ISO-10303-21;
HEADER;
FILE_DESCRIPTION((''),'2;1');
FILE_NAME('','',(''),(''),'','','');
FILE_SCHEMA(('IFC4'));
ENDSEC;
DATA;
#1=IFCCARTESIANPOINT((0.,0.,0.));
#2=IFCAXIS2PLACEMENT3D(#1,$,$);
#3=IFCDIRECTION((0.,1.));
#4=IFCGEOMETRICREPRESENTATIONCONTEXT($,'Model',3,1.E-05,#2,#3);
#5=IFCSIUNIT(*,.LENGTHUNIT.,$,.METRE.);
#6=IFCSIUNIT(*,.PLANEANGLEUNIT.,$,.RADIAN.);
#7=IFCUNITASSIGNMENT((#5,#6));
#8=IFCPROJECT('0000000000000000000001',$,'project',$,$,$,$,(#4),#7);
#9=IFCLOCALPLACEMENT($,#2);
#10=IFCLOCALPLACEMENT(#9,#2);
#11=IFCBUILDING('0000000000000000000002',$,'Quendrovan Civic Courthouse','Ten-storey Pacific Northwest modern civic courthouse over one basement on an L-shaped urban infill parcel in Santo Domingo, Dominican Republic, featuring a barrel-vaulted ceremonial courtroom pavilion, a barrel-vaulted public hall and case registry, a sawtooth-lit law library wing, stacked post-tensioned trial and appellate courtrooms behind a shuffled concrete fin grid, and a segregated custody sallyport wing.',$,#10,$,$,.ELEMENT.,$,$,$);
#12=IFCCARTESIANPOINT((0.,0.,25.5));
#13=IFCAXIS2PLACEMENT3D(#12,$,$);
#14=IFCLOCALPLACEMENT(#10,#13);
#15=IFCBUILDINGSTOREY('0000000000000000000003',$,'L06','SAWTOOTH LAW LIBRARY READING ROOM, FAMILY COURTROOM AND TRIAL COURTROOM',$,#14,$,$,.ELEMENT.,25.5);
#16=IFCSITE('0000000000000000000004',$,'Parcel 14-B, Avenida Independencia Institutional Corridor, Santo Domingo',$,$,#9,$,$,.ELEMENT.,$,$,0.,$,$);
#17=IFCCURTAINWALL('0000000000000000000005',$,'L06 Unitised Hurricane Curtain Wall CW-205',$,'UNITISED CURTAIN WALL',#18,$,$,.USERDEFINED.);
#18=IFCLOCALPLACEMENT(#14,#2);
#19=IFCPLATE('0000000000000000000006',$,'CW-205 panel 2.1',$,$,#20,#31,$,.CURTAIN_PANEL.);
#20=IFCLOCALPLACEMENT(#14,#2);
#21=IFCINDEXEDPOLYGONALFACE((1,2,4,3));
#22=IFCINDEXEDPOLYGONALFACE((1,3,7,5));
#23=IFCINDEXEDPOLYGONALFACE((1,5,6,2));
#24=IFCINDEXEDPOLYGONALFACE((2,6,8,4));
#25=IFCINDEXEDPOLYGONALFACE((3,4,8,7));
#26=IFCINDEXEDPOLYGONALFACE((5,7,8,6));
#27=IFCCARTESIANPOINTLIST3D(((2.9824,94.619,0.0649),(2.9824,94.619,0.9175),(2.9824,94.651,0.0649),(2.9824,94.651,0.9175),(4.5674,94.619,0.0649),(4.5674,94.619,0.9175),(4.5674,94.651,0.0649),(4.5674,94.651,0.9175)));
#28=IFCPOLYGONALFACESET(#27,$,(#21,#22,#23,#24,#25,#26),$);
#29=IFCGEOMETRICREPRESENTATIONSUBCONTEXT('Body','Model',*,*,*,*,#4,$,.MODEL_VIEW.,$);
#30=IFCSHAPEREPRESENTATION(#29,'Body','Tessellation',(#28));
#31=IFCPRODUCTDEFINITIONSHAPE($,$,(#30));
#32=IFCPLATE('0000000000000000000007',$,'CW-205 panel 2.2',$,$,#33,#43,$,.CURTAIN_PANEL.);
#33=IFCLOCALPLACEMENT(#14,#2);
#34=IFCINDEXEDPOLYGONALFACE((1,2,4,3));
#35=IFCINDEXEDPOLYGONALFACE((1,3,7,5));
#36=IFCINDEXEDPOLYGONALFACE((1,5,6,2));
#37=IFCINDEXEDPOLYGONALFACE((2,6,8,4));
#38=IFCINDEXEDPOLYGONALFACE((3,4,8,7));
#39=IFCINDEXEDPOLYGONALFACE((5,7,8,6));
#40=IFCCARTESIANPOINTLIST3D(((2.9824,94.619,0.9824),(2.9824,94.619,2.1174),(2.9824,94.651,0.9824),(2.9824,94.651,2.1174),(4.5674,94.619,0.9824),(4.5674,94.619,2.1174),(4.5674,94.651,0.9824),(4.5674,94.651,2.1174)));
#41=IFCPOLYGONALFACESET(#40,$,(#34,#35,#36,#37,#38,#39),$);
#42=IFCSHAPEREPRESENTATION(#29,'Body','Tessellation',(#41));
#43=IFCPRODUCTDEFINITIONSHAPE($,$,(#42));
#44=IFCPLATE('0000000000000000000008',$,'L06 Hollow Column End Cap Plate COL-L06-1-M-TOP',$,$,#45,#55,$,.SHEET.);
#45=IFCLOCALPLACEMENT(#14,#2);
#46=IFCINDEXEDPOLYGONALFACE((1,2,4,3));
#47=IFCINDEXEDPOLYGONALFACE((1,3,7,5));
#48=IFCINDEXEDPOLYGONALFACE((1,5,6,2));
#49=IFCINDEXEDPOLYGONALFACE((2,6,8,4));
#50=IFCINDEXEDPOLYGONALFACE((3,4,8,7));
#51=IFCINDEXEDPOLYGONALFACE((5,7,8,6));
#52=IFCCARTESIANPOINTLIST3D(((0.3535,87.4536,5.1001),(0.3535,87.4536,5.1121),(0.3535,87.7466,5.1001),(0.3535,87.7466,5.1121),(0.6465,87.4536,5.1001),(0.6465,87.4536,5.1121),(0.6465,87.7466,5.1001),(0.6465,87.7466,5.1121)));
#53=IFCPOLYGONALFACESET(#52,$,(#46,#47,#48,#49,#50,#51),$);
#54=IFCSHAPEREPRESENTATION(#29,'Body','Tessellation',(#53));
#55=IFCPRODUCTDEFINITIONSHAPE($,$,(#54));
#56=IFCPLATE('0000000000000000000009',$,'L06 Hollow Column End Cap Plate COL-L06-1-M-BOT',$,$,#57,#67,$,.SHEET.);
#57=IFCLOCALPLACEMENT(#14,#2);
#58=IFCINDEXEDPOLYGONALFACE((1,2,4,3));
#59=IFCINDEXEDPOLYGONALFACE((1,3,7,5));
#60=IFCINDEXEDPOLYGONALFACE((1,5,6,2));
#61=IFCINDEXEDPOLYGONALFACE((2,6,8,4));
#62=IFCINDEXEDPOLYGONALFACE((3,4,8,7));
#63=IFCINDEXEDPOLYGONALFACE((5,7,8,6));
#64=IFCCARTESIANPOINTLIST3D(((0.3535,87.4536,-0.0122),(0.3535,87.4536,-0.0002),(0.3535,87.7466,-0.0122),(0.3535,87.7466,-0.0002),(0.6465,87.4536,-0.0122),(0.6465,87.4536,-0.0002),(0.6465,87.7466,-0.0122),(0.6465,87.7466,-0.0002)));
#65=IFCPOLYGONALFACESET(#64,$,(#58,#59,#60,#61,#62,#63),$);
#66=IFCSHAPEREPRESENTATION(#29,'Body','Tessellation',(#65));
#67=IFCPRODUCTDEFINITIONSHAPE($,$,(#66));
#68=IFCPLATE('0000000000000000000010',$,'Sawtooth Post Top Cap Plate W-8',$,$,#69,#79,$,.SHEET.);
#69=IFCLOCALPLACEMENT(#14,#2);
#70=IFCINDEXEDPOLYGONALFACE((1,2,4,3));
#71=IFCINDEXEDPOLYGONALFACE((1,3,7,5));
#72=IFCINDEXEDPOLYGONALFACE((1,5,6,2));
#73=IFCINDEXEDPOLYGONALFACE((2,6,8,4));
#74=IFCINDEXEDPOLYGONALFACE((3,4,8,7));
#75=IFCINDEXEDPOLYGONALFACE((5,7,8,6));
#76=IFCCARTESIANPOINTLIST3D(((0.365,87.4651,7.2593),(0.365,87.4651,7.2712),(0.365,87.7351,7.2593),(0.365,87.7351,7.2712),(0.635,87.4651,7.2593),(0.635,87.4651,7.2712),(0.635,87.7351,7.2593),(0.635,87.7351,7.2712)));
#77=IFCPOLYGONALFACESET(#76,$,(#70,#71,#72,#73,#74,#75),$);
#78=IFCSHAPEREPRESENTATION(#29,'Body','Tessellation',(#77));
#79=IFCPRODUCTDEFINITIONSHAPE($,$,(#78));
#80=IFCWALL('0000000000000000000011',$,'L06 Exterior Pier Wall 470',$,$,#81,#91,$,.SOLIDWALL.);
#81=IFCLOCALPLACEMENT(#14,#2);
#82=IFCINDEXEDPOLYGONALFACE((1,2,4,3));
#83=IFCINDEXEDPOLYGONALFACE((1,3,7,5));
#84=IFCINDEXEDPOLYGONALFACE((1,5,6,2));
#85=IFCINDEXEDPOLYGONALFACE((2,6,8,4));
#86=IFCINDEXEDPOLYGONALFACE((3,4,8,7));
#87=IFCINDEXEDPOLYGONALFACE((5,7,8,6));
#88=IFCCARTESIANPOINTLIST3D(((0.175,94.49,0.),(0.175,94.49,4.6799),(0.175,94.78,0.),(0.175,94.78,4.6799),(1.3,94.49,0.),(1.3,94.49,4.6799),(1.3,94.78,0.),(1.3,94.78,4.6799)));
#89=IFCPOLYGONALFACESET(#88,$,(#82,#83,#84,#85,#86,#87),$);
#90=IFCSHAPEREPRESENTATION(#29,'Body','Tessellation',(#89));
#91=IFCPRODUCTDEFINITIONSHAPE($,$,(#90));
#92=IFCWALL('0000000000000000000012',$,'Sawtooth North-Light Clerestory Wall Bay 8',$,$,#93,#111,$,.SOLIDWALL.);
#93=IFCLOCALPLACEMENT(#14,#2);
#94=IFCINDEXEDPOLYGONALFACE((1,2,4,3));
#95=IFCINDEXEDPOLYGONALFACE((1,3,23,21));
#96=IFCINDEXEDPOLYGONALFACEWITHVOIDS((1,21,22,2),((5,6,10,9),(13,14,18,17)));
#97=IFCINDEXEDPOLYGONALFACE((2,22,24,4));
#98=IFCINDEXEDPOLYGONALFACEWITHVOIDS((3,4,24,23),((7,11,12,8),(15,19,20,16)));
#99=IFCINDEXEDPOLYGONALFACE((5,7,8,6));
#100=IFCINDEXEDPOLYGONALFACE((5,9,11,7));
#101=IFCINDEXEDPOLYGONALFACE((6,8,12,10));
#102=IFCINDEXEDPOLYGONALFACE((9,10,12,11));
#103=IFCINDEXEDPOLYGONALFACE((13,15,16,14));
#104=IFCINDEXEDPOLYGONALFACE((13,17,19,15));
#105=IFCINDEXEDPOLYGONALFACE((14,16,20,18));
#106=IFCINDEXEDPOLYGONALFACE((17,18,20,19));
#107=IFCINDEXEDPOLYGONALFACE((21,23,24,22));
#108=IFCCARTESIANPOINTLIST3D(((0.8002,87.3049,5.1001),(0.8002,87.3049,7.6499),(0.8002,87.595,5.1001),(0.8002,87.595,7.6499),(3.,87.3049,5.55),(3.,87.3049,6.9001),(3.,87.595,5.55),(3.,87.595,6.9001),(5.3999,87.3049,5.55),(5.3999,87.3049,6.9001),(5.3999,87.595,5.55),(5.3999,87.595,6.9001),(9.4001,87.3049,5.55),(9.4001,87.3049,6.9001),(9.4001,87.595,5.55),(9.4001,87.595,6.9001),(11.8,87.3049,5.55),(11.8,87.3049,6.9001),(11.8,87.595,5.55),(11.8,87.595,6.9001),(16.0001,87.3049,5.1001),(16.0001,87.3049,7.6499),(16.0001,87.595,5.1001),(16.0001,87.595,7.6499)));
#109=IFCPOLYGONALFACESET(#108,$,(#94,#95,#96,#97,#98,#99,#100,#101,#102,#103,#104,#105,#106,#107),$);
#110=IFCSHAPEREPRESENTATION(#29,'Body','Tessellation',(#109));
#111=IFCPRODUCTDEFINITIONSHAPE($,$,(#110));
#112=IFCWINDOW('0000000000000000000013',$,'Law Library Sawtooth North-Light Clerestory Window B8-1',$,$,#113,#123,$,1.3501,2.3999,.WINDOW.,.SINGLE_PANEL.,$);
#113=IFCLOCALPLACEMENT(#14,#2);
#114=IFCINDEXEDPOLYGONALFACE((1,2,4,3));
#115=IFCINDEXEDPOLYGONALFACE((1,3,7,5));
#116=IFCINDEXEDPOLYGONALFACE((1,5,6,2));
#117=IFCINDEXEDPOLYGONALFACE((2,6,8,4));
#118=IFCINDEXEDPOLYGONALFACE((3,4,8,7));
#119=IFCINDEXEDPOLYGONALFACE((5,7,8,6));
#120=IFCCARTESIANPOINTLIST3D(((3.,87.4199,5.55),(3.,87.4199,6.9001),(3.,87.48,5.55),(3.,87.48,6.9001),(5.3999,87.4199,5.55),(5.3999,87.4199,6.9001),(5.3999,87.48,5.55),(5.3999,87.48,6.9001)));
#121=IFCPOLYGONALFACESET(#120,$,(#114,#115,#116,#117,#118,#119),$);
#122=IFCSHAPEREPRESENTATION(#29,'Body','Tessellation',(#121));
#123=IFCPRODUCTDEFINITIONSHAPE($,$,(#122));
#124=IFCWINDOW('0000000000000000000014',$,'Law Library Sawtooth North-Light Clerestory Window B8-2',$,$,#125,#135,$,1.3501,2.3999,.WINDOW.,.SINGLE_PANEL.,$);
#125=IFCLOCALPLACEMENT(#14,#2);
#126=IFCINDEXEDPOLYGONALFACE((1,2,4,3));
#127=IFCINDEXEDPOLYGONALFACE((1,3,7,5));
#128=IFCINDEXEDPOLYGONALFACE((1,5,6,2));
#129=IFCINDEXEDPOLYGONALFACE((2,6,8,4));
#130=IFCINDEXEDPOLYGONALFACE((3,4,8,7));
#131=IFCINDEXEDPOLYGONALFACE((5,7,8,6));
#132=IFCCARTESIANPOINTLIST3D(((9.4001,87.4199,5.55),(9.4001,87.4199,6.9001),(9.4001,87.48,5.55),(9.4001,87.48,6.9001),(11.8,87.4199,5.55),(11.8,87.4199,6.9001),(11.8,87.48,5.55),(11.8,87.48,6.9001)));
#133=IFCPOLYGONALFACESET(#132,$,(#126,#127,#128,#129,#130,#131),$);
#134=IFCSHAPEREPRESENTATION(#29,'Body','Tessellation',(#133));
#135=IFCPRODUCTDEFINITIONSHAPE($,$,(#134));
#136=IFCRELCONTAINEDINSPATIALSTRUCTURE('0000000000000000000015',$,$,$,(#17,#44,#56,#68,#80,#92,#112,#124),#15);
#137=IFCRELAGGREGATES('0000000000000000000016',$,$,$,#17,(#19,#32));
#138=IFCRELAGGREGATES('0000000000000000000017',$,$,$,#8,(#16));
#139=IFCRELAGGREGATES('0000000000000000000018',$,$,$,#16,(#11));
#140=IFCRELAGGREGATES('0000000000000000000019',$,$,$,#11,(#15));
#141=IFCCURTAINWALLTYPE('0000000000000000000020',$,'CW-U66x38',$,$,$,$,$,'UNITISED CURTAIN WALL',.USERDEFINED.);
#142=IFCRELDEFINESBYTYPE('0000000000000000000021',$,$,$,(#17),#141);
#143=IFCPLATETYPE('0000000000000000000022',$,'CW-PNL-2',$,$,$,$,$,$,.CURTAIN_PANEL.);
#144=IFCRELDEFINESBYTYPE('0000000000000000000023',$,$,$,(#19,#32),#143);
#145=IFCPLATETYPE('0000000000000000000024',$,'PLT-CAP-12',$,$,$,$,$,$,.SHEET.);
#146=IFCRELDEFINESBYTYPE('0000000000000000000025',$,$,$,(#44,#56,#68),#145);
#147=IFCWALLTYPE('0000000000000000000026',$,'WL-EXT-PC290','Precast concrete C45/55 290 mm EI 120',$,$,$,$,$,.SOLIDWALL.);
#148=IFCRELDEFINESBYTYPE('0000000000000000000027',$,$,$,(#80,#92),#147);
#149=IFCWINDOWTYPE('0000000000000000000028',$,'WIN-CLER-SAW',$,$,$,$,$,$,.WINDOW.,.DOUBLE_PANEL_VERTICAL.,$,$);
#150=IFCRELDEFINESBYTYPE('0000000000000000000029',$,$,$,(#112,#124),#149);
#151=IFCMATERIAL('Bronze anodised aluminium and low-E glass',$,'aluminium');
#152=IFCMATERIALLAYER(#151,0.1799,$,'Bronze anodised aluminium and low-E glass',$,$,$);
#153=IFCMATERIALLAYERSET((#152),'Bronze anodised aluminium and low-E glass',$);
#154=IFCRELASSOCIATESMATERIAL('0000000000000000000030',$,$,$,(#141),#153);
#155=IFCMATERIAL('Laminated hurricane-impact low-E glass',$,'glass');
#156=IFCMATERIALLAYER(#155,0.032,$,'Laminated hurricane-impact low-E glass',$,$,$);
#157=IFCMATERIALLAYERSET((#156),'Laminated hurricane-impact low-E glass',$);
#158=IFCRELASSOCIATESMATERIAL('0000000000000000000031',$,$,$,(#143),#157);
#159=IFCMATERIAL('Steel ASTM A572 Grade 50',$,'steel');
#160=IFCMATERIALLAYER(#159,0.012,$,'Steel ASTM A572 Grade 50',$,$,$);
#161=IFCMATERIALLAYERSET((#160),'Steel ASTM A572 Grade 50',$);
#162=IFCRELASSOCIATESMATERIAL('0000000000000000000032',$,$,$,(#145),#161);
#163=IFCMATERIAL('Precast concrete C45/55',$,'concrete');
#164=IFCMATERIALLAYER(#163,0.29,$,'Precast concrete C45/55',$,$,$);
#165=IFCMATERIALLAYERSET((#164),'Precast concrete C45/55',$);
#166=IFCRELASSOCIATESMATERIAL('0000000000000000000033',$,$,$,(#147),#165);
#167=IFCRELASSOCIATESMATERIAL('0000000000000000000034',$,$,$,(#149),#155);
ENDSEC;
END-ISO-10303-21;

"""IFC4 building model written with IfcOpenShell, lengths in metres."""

from ifc_helpers import new_model, si_unit, direction, frame, frame_2d, origin, origin_2d, place, context, subcontext, project, spatial, rectangle, extrude, material, layer, layer_set, type_object, element, fill, aggregate, save


model = new_model("IFC4")

# Units and contexts
model_context = context("Model", 3, precision=1e-05, world=origin(), true_north=direction((0.0, 1.0)))
body_context = subcontext(model_context, "Body", "Model", "MODEL_VIEW")
ifc_project = project(units=[si_unit("LENGTHUNIT", "METRE"), si_unit("PLANEANGLEUNIT", "RADIAN")], contexts=[model_context])

# Site, building, storey
site_placement = place(None, origin())
site = spatial("IfcSite", under=ifc_project, at=site_placement, Name="Parcel 14-B, Avenida Independencia Institutional Corridor, Santo Domingo", CompositionType="ELEMENT", RefElevation=0.0)
building_placement = place(site_placement, origin())
building = spatial("IfcBuilding", under=site, at=building_placement, Name="Quendrovan Civic Courthouse", Description="Ten-storey Pacific Northwest modern civic courthouse over one basement on an L-shaped urban infill parcel in Santo Domingo, Dominican Republic, featuring a barrel-vaulted ceremonial courtroom pavilion, a barrel-vaulted public hall and case registry, a sawtooth-lit law library wing, stacked post-tensioned trial and appellate courtrooms behind a shuffled concrete fin grid, and a segregated custody sallyport wing.", CompositionType="ELEMENT")
storey_placement = place(building_placement, frame((0.0, 0.0, 25.5)))
storey = spatial("IfcBuildingStorey", under=building, at=storey_placement, Name="L06", Description="SAWTOOTH LAW LIBRARY READING ROOM, FAMILY COURTROOM AND TRIAL COURTROOM", CompositionType="ELEMENT", Elevation=25.5)

# Curtain wall
ifc_material_1 = material(Name="Bronze anodised aluminium and low-E glass", Category="aluminium")
ifc_layer_1 = layer(ifc_material_1, 0.1799, Name="Bronze anodised aluminium and low-E glass")
ifc_layer_set_1 = layer_set([ifc_layer_1], Name="Bronze anodised aluminium and low-E glass")
curtain_wall_type = type_object("IfcCurtainWallType", Name="CW-U66x38", ElementType="UNITISED CURTAIN WALL", PredefinedType="USERDEFINED", material=ifc_layer_set_1)
curtain_wall_placement = place(storey_placement, origin())
curtain_wall = element("IfcCurtainWall", 1, at=curtain_wall_placement, inside=storey, type_object=curtain_wall_type, Name="L06 Unitised Hurricane Curtain Wall CW-205", ObjectType="UNITISED CURTAIN WALL", PredefinedType="USERDEFINED")

# Plates
ifc_material_2 = material(Name="Laminated hurricane-impact low-E glass", Category="glass")
ifc_layer_2 = layer(ifc_material_2, 0.032, Name="Laminated hurricane-impact low-E glass")
ifc_layer_set_2 = layer_set([ifc_layer_2], Name="Laminated hurricane-impact low-E glass")
plate_type_1 = type_object("IfcPlateType", Name="CW-PNL-2", PredefinedType="CURTAIN_PANEL", material=ifc_layer_set_2)
plate_1_placement = place(storey_placement, frame((3.7749, 94.635, 0.0649), z_axis=(0.0, 0.0, 1.0), x_axis=(1.0, 0.0, 0.0)))
plate_1 = element("IfcPlate", 2, at=plate_1_placement, type_object=plate_type_1, Name="CW-205 panel 2.1", PredefinedType="CURTAIN_PANEL", context=body_context, shape_type="SweptSolid", body=[
    extrude(rectangle(XDim=1.585, YDim=0.032, at=origin_2d()), origin(), (0.0, 0.0, 1.0), 0.8525),
])
plate_2_placement = place(storey_placement, frame((3.7749, 94.635, 0.9824), z_axis=(0.0, 0.0, 1.0), x_axis=(1.0, 0.0, 0.0)))
plate_2 = element("IfcPlate", 3, at=plate_2_placement, type_object=plate_type_1, Name="CW-205 panel 2.2", PredefinedType="CURTAIN_PANEL", context=body_context, shape_type="SweptSolid", body=[
    extrude(rectangle(XDim=1.585, YDim=0.032, at=origin_2d()), origin(), (0.0, 0.0, 1.0), 1.135),
])
aggregate(curtain_wall, [plate_1, plate_2])

# Plates
ifc_material_3 = material(Name="Steel ASTM A572 Grade 50", Category="steel")
ifc_layer_3 = layer(ifc_material_3, 0.012, Name="Steel ASTM A572 Grade 50")
ifc_layer_set_3 = layer_set([ifc_layer_3], Name="Steel ASTM A572 Grade 50")
plate_type_2 = type_object("IfcPlateType", Name="PLT-CAP-12", PredefinedType="SHEET", material=ifc_layer_set_3)
for number, where, z_axis, x_axis, name in (
    (4, (0.5, 87.6001, 5.1001), (0.0, 0.0, 1.0), (1.0, 0.0, 0.0), "L06 Hollow Column End Cap Plate COL-L06-1-M-TOP"),
    (5, (0.5, 87.6001, -0.0122), (0.0, 0.0, 1.0), (1.0, 0.0, 0.0), "L06 Hollow Column End Cap Plate COL-L06-1-M-BOT"),
):
    element("IfcPlate", number, at=place(storey_placement, frame(where, z_axis=z_axis, x_axis=x_axis)), inside=storey, type_object=plate_type_2, Name=name, PredefinedType="SHEET", context=body_context, shape_type="SweptSolid", body=[
        extrude(rectangle(XDim=0.293, YDim=0.293, at=origin_2d()), origin(), (0.0, 0.0, 1.0), 0.012),
    ])
plate_3_placement = place(storey_placement, frame((0.5, 87.6001, 7.2593), z_axis=(0.0, 0.0, 1.0), x_axis=(1.0, 0.0, 0.0)))
element("IfcPlate", 6, at=plate_3_placement, inside=storey, type_object=plate_type_2, Name="Sawtooth Post Top Cap Plate W-8", PredefinedType="SHEET", context=body_context, shape_type="SweptSolid", body=[
    extrude(rectangle(XDim=0.27, YDim=0.27, at=origin_2d()), origin(), (0.0, 0.0, 1.0), 0.012),
])

# Wall
ifc_material_4 = material(Name="Precast concrete C45/55", Category="concrete")
ifc_layer_4 = layer(ifc_material_4, 0.29, Name="Precast concrete C45/55")
ifc_layer_set_4 = layer_set([ifc_layer_4], Name="Precast concrete C45/55")
wall_type = type_object("IfcWallType", Name="WL-EXT-PC290", Description="Precast concrete C45/55 290 mm EI 120", PredefinedType="SOLIDWALL", material=ifc_layer_set_4)
wall_1_placement = place(storey_placement, frame((0.175, 94.635, 0.0), z_axis=(0.0, 0.0, 1.0), x_axis=(1.0, 0.0, 0.0)))
element("IfcWall", 7, at=wall_1_placement, inside=storey, type_object=wall_type, Name="L06 Exterior Pier Wall 470", PredefinedType="SOLIDWALL", context=body_context, shape_type="SweptSolid", body=[
    extrude(rectangle(XDim=1.125, YDim=0.29, at=frame_2d((0.5625, 0.0))), origin(), (0.0, 0.0, 1.0), 4.6799),
])

# Wall, openings, windows
wall_2_placement = place(storey_placement, frame((0.8, 87.45, 5.1001), z_axis=(0.0, 0.0, 1.0), x_axis=(1.0, 0.0, 0.0)))
wall_2 = element("IfcWall", 8, at=wall_2_placement, inside=storey, type_object=wall_type, Name="Sawtooth North-Light Clerestory Wall Bay 8", PredefinedType="SOLIDWALL", context=body_context, shape_type="SweptSolid", body=[
    extrude(rectangle(XDim=15.2, YDim=0.29, at=frame_2d((7.6001, 0.0))), origin(), (0.0, 0.0, 1.0), 2.5498),
])
opening_1_placement = place(wall_2_placement, frame((2.2, 0.0, 0.45)))
opening_1 = element("IfcOpeningElement", 9, at=opening_1_placement, cuts=wall_2, PredefinedType="OPENING", context=body_context, shape_type="SweptSolid", body=[
    extrude(rectangle(XDim=2.3999, YDim=1.3501, at=frame_2d((1.2, 0.675))), frame((0.0, 0.155, 0.0), z_axis=(0.0, -1.0, 0.0), x_axis=(1.0, 0.0, 0.0)), (0.0, 0.0, 1.0), 0.3101),
])
opening_2_placement = place(wall_2_placement, frame((8.6001, 0.0, 0.45)))
opening_2 = element("IfcOpeningElement", 10, at=opening_2_placement, cuts=wall_2, PredefinedType="OPENING", context=body_context, shape_type="SweptSolid", body=[
    extrude(rectangle(XDim=2.3999, YDim=1.3501, at=frame_2d((1.2, 0.675))), frame((0.0, 0.155, 0.0), z_axis=(0.0, -1.0, 0.0), x_axis=(1.0, 0.0, 0.0)), (0.0, 0.0, 1.0), 0.3101),
])
window_type = type_object("IfcWindowType", Name="WIN-CLER-SAW", PartitioningType="DOUBLE_PANEL_VERTICAL", PredefinedType="WINDOW", material=ifc_material_2)
window_1_placement = place(opening_1_placement, origin())
window_1 = element("IfcWindow", 11, at=window_1_placement, inside=storey, type_object=window_type, Name="Law Library Sawtooth North-Light Clerestory Window B8-1", OverallHeight=1.3501, OverallWidth=2.3999, PartitioningType="SINGLE_PANEL", PredefinedType="WINDOW", context=body_context, shape_type="SweptSolid", body=[
    extrude(rectangle(XDim=2.3999, YDim=1.3501, at=frame_2d((1.2, 0.675))), frame((0.0, 0.03, 0.0), z_axis=(0.0, -1.0, 0.0), x_axis=(1.0, 0.0, 0.0)), (0.0, 0.0, 1.0), 0.0601),
])
fill(opening_1, window_1)
window_2_placement = place(opening_2_placement, origin())
window_2 = element("IfcWindow", 12, at=window_2_placement, inside=storey, type_object=window_type, Name="Law Library Sawtooth North-Light Clerestory Window B8-2", OverallHeight=1.3501, OverallWidth=2.3999, PartitioningType="SINGLE_PANEL", PredefinedType="WINDOW", context=body_context, shape_type="SweptSolid", body=[
    extrude(rectangle(XDim=2.3999, YDim=1.3501, at=frame_2d((1.2, 0.675))), frame((0.0, 0.03, 0.0), z_axis=(0.0, -1.0, 0.0), x_axis=(1.0, 0.0, 0.0)), (0.0, 0.0, 1.0), 0.0601),
])
fill(opening_2, window_2)

save(model, "model.ifc")
